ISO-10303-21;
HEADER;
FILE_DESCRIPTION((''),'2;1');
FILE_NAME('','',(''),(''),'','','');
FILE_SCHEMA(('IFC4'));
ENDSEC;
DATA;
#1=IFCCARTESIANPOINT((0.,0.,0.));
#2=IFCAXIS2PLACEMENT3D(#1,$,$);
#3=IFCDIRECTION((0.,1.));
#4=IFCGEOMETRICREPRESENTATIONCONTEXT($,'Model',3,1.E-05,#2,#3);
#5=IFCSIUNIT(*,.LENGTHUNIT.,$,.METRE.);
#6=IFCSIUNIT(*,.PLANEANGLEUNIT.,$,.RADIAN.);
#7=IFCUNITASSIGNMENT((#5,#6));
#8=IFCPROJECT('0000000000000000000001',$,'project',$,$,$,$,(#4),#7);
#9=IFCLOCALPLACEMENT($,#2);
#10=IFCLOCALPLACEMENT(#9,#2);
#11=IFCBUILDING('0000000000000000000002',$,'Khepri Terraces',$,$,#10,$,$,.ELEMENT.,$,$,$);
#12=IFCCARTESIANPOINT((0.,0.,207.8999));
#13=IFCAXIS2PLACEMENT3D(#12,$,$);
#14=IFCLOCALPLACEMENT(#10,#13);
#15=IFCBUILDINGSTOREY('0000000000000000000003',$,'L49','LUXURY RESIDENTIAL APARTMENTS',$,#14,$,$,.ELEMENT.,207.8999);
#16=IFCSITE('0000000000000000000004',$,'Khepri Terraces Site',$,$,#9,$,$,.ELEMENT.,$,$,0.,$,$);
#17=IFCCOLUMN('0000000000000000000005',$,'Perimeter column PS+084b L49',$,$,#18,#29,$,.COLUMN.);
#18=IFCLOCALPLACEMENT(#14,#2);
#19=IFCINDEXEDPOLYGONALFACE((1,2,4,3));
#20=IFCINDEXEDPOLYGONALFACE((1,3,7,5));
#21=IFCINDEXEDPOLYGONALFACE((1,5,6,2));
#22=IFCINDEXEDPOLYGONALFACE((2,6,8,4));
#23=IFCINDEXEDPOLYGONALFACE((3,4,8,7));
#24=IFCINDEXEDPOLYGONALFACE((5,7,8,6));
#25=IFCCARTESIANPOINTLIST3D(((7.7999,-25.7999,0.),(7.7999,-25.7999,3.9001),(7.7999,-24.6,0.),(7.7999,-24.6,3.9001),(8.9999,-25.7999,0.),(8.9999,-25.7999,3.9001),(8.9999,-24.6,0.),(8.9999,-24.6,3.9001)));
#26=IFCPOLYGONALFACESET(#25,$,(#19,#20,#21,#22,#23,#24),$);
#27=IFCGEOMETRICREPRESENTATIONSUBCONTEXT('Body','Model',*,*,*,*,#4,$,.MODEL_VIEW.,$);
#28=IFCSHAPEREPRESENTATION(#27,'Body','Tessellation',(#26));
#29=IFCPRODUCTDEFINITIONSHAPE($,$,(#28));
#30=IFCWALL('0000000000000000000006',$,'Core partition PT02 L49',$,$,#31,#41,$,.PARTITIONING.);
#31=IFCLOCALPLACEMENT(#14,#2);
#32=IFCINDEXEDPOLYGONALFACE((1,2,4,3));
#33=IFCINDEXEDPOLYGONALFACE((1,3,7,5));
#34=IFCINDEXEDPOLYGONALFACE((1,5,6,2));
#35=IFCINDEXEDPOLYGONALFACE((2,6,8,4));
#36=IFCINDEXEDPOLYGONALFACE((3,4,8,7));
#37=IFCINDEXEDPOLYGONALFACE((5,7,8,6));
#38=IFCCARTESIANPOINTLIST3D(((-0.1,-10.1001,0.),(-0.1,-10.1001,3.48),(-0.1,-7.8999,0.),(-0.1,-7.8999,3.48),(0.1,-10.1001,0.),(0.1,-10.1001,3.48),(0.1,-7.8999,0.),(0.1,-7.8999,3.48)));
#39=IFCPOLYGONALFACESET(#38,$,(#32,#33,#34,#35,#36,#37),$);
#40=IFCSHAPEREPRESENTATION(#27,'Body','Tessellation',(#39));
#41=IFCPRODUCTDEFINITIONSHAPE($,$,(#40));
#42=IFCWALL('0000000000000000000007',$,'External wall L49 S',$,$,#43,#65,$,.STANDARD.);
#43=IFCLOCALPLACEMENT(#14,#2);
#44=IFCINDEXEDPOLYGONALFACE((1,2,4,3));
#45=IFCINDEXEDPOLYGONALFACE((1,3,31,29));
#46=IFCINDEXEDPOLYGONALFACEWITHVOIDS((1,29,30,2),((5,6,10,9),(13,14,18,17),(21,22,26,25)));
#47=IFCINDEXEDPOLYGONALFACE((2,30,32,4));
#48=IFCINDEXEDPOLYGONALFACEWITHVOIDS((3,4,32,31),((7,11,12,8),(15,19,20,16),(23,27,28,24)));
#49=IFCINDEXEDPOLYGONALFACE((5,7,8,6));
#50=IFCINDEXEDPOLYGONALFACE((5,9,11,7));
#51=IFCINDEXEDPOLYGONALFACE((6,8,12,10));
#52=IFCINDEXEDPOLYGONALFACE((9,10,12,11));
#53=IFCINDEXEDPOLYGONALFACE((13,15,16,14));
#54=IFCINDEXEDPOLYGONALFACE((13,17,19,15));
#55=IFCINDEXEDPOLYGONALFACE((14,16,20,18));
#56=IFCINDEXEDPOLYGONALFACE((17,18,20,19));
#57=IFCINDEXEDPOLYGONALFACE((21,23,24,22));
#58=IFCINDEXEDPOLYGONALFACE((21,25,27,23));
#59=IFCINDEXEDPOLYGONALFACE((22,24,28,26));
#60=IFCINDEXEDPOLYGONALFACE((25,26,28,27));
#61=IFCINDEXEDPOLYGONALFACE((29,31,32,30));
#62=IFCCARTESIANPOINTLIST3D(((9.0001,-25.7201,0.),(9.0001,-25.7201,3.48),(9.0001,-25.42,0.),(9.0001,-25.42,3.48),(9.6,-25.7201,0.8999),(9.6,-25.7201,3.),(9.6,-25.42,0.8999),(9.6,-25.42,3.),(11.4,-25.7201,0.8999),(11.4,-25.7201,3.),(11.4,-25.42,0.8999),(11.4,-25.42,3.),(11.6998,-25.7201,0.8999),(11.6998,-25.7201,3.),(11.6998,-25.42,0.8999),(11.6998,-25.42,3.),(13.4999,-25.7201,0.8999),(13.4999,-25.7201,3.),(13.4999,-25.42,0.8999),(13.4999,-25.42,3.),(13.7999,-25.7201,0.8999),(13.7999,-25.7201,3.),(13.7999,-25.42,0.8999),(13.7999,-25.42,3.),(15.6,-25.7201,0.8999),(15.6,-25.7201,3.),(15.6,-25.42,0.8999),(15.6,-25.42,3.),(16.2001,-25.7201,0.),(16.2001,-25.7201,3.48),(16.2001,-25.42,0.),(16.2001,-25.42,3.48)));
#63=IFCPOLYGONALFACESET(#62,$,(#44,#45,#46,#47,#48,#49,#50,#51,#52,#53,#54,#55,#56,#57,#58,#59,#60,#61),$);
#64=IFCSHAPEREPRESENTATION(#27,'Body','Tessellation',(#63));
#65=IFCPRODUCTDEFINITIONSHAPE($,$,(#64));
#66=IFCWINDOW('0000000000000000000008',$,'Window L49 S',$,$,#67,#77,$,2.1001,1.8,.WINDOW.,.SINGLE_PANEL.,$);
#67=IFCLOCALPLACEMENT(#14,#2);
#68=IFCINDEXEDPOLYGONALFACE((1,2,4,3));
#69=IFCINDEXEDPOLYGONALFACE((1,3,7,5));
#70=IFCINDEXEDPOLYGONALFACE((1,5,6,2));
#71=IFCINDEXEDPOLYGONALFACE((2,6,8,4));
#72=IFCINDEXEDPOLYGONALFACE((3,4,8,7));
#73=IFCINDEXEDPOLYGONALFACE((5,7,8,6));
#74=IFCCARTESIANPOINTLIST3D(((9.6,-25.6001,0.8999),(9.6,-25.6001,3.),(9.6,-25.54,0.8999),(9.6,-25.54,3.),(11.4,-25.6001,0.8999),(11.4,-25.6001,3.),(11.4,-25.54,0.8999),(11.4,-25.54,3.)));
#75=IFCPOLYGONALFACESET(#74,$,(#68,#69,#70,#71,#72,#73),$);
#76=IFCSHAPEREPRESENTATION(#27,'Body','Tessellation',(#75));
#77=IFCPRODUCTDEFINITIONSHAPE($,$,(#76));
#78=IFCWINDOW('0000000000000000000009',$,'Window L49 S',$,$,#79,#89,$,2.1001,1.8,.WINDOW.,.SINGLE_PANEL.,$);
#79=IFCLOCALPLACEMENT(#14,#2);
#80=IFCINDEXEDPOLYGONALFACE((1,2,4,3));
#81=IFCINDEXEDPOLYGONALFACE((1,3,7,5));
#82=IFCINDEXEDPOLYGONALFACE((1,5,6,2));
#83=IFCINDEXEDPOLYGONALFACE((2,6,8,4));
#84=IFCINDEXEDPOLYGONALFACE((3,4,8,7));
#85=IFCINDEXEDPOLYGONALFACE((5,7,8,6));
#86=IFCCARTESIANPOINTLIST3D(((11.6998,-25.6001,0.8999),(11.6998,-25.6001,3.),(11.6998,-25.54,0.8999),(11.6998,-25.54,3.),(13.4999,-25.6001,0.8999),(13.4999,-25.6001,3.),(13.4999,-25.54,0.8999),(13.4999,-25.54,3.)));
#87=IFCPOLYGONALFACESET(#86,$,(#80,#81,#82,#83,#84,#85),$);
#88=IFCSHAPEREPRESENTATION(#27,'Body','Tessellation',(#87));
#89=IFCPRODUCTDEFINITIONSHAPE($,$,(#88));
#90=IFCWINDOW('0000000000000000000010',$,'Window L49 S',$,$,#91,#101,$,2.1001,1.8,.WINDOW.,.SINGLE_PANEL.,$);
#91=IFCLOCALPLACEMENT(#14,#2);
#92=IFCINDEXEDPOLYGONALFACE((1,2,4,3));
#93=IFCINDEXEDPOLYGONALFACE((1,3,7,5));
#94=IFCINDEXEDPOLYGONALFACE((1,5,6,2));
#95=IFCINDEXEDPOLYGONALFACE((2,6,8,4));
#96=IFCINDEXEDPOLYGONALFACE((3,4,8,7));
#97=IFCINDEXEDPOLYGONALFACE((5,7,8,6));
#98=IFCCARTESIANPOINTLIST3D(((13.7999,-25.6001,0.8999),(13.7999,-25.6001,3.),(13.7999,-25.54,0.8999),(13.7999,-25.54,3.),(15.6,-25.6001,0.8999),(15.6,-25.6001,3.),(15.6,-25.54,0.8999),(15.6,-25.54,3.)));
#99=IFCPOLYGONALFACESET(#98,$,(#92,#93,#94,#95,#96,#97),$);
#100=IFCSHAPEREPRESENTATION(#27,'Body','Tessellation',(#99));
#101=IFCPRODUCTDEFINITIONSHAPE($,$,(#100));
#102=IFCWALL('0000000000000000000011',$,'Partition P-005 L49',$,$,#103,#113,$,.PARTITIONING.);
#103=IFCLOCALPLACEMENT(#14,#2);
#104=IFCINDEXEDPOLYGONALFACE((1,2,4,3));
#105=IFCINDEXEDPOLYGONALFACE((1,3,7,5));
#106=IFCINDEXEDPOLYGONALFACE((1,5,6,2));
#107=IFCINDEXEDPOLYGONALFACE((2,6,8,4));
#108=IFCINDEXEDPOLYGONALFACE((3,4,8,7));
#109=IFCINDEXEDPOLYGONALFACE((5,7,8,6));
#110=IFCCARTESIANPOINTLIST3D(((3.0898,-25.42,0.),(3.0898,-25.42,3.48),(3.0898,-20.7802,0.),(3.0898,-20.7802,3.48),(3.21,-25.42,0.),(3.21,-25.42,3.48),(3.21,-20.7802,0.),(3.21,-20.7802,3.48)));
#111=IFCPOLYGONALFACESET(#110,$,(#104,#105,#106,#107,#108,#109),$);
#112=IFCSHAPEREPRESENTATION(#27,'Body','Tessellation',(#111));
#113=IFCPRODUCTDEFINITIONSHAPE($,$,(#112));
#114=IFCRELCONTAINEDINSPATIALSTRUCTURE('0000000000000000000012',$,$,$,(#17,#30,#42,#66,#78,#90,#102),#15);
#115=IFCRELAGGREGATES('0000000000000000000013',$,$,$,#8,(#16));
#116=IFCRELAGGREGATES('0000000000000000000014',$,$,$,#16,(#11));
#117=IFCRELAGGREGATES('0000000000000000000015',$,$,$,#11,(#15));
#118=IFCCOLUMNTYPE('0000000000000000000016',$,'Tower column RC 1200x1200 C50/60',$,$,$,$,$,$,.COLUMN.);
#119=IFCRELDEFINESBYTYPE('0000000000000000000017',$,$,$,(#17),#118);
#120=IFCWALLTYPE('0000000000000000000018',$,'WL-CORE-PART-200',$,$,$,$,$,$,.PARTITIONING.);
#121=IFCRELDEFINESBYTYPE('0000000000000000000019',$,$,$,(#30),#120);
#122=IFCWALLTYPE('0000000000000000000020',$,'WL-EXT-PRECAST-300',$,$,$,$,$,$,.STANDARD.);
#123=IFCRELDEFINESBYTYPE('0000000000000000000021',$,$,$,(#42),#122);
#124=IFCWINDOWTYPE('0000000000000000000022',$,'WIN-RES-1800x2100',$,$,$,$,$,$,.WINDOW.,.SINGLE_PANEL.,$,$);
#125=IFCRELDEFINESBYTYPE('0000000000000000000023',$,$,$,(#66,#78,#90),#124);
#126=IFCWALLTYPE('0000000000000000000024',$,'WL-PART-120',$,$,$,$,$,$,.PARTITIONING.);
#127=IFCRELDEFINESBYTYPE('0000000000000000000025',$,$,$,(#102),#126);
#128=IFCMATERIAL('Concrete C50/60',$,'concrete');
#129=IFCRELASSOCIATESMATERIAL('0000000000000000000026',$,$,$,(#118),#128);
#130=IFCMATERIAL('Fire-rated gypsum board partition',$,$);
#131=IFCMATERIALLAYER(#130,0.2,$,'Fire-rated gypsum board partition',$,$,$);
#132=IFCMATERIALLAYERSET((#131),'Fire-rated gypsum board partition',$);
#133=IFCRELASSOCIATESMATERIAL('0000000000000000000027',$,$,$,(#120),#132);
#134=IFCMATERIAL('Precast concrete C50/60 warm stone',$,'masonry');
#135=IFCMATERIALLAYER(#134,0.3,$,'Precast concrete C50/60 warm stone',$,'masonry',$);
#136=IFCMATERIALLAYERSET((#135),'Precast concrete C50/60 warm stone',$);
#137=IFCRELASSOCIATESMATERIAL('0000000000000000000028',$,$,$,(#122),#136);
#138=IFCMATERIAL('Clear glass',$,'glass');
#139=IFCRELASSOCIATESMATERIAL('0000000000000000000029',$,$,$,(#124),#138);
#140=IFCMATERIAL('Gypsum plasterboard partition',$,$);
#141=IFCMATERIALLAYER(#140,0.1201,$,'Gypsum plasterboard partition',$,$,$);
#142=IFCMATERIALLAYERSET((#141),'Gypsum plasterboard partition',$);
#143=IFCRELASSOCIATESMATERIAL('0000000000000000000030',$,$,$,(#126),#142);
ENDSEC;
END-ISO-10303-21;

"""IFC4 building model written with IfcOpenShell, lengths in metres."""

from ifc_helpers import new_model, si_unit, direction, frame, frame_2d, origin, origin_2d, place, context, subcontext, project, spatial, rectangle, extrude, material, layer, layer_set, material_profile, profile_set, type_object, element, fill, save


model = new_model("IFC4")

# Units and contexts
model_context = context("Model", 3, precision=1e-05, world=origin(), true_north=direction((0.0, 1.0)))
body_context = subcontext(model_context, "Body", "Model", "MODEL_VIEW")
ifc_project = project(units=[si_unit("LENGTHUNIT", "METRE"), si_unit("PLANEANGLEUNIT", "RADIAN")], contexts=[model_context])

# Site, building, storey
site_placement = place(None, origin())
site = spatial("IfcSite", under=ifc_project, at=site_placement, Name="Khepri Terraces Site", CompositionType="ELEMENT", RefElevation=0.0)
building_placement = place(site_placement, origin())
building = spatial("IfcBuilding", under=site, at=building_placement, Name="Khepri Terraces", CompositionType="ELEMENT")
storey_placement = place(building_placement, frame((0.0, 0.0, 207.8999)))
storey = spatial("IfcBuildingStorey", under=building, at=storey_placement, Name="L49", Description="LUXURY RESIDENTIAL APARTMENTS", CompositionType="ELEMENT", Elevation=207.8999)

# Column
ifc_material_1 = material(Name="Concrete C50/60", Category="concrete")
ifc_material_profile = material_profile(ifc_material_1, rectangle(XDim=1.2, YDim=1.2, at=origin_2d()), Name="Concrete C50/60", Category="concrete")
ifc_profile_set = profile_set([ifc_material_profile], Name="Concrete C50/60")
column_type = type_object("IfcColumnType", Name="Tower column RC 1200x1200 C50/60", PredefinedType="COLUMN", material=ifc_profile_set)
column_placement = place(storey_placement, frame((8.3999, -25.2, 0.0), z_axis=(0.0, 0.0, 1.0), x_axis=(1.0, 0.0, 0.0)))
element("IfcColumn", 1, at=column_placement, inside=storey, type_object=column_type, Name="Perimeter column PS+084b L49", PredefinedType="COLUMN", context=body_context, shape_type="SweptSolid", body=[
    extrude(rectangle(XDim=1.2, YDim=1.2, at=origin_2d()), origin(), (0.0, 0.0, 1.0), 3.9001),
])

# Wall
ifc_material_2 = material(Name="Fire-rated gypsum board partition")
ifc_layer_1 = layer(ifc_material_2, 0.2, Name="Fire-rated gypsum board partition")
ifc_layer_set_1 = layer_set([ifc_layer_1], Name="Fire-rated gypsum board partition")
wall_type_1 = type_object("IfcWallType", Name="WL-CORE-PART-200", PredefinedType="PARTITIONING", material=ifc_layer_set_1)
wall_1_placement = place(storey_placement, frame((0.0, -10.1001, 0.0), z_axis=(0.0, 0.0, 1.0), x_axis=(0.0, 1.0, 0.0)))
element("IfcWall", 2, at=wall_1_placement, inside=storey, type_object=wall_type_1, Name="Core partition PT02 L49", PredefinedType="PARTITIONING", context=body_context, shape_type="SweptSolid", body=[
    extrude(rectangle(XDim=2.2002, YDim=0.2, at=frame_2d((1.1001, 0.0))), origin(), (0.0, 0.0, 1.0), 3.48),
])

# Shared definitions
ifc_material_3 = material(Name="Precast concrete C50/60 warm stone", Category="masonry")
ifc_layer_2 = layer(ifc_material_3, 0.3, Name="Precast concrete C50/60 warm stone", Category="masonry")
ifc_layer_set_2 = layer_set([ifc_layer_2], Name="Precast concrete C50/60 warm stone")
wall_type_2 = type_object("IfcWallType", Name="WL-EXT-PRECAST-300", PredefinedType="STANDARD", material=ifc_layer_set_2)
ifc_material_4 = material(Name="Clear glass", Category="glass")
window_type = type_object("IfcWindowType", Name="WIN-RES-1800x2100", PartitioningType="SINGLE_PANEL", PredefinedType="WINDOW", material=ifc_material_4)

# Wall, openings, windows
wall_2_placement = place(storey_placement, frame((9.0, -25.5701, 0.0), z_axis=(0.0, 0.0, 1.0), x_axis=(1.0, 0.0, 0.0)))
wall_2 = element("IfcWall", 3, at=wall_2_placement, inside=storey, type_object=wall_type_2, Name="External wall L49 S", PredefinedType="STANDARD", context=body_context, shape_type="SweptSolid", body=[
    extrude(rectangle(XDim=7.2, YDim=0.3, at=frame_2d((3.6001, 0.0))), origin(), (0.0, 0.0, 1.0), 3.48),
])
opening_1_placement = place(wall_2_placement, frame((0.6001, 0.0, 0.8999)))
opening_1 = element("IfcOpeningElement", 4, at=opening_1_placement, cuts=wall_2, PredefinedType="OPENING", context=body_context, shape_type="SweptSolid", body=[
    extrude(rectangle(XDim=1.8, YDim=2.1001, at=frame_2d((0.8999, 1.05))), frame((0.0, 0.1602, 0.0), z_axis=(0.0, -1.0, 0.0), x_axis=(1.0, 0.0, 0.0)), (0.0, 0.0, 1.0), 0.3201),
])
opening_2_placement = place(wall_2_placement, frame((2.7, 0.0, 0.8999)))
opening_2 = element("IfcOpeningElement", 5, at=opening_2_placement, cuts=wall_2, PredefinedType="OPENING", context=body_context, shape_type="SweptSolid", body=[
    extrude(rectangle(XDim=1.8, YDim=2.1001, at=frame_2d((0.8999, 1.05))), frame((0.0, 0.1602, 0.0), z_axis=(0.0, -1.0, 0.0), x_axis=(1.0, 0.0, 0.0)), (0.0, 0.0, 1.0), 0.3201),
])
opening_3_placement = place(wall_2_placement, frame((4.8, 0.0, 0.8999)))
opening_3 = element("IfcOpeningElement", 6, at=opening_3_placement, cuts=wall_2, PredefinedType="OPENING", context=body_context, shape_type="SweptSolid", body=[
    extrude(rectangle(XDim=1.8, YDim=2.1001, at=frame_2d((0.8999, 1.05))), frame((0.0, 0.1602, 0.0), z_axis=(0.0, -1.0, 0.0), x_axis=(1.0, 0.0, 0.0)), (0.0, 0.0, 1.0), 0.3201),
])
window_1_placement = place(opening_1_placement, origin())
window_1 = element("IfcWindow", 7, at=window_1_placement, inside=storey, type_object=window_type, Name="Window L49 S", OverallHeight=2.1001, OverallWidth=1.8, PartitioningType="SINGLE_PANEL", PredefinedType="WINDOW", context=body_context, shape_type="SweptSolid", body=[
    extrude(rectangle(XDim=1.8, YDim=2.1001, at=frame_2d((0.8999, 1.05))), frame((0.0, 0.03, 0.0), z_axis=(0.0, -1.0, 0.0), x_axis=(1.0, 0.0, 0.0)), (0.0, 0.0, 1.0), 0.0601),
])
fill(opening_1, window_1)
window_2_placement = place(opening_2_placement, origin())
window_2 = element("IfcWindow", 8, at=window_2_placement, inside=storey, type_object=window_type, Name="Window L49 S", OverallHeight=2.1001, OverallWidth=1.8, PartitioningType="SINGLE_PANEL", PredefinedType="WINDOW", context=body_context, shape_type="SweptSolid", body=[
    extrude(rectangle(XDim=1.8, YDim=2.1001, at=frame_2d((0.8999, 1.05))), frame((0.0, 0.03, 0.0), z_axis=(0.0, -1.0, 0.0), x_axis=(1.0, 0.0, 0.0)), (0.0, 0.0, 1.0), 0.0601),
])
fill(opening_2, window_2)
window_3_placement = place(opening_3_placement, origin())
window_3 = element("IfcWindow", 9, at=window_3_placement, inside=storey, type_object=window_type, Name="Window L49 S", OverallHeight=2.1001, OverallWidth=1.8, PartitioningType="SINGLE_PANEL", PredefinedType="WINDOW", context=body_context, shape_type="SweptSolid", body=[
    extrude(rectangle(XDim=1.8, YDim=2.1001, at=frame_2d((0.8999, 1.05))), frame((0.0, 0.03, 0.0), z_axis=(0.0, -1.0, 0.0), x_axis=(1.0, 0.0, 0.0)), (0.0, 0.0, 1.0), 0.0601),
])
fill(opening_3, window_3)

# Wall
ifc_material_5 = material(Name="Gypsum plasterboard partition")
ifc_layer_3 = layer(ifc_material_5, 0.1201, Name="Gypsum plasterboard partition")
ifc_layer_set_3 = layer_set([ifc_layer_3], Name="Gypsum plasterboard partition")
wall_type_3 = type_object("IfcWallType", Name="WL-PART-120", PredefinedType="PARTITIONING", material=ifc_layer_set_3)
wall_3_placement = place(storey_placement, frame((3.1499, -25.4199, 0.0), z_axis=(0.0, 0.0, 1.0), x_axis=(0.0, 1.0, 0.0)))
element("IfcWall", 10, at=wall_3_placement, inside=storey, type_object=wall_type_3, Name="Partition P-005 L49", PredefinedType="PARTITIONING", context=body_context, shape_type="SweptSolid", body=[
    extrude(rectangle(XDim=4.6399, YDim=0.1201, at=frame_2d((2.3198, 0.0))), origin(), (0.0, 0.0, 1.0), 3.48),
])

save(model, "model.ifc")
